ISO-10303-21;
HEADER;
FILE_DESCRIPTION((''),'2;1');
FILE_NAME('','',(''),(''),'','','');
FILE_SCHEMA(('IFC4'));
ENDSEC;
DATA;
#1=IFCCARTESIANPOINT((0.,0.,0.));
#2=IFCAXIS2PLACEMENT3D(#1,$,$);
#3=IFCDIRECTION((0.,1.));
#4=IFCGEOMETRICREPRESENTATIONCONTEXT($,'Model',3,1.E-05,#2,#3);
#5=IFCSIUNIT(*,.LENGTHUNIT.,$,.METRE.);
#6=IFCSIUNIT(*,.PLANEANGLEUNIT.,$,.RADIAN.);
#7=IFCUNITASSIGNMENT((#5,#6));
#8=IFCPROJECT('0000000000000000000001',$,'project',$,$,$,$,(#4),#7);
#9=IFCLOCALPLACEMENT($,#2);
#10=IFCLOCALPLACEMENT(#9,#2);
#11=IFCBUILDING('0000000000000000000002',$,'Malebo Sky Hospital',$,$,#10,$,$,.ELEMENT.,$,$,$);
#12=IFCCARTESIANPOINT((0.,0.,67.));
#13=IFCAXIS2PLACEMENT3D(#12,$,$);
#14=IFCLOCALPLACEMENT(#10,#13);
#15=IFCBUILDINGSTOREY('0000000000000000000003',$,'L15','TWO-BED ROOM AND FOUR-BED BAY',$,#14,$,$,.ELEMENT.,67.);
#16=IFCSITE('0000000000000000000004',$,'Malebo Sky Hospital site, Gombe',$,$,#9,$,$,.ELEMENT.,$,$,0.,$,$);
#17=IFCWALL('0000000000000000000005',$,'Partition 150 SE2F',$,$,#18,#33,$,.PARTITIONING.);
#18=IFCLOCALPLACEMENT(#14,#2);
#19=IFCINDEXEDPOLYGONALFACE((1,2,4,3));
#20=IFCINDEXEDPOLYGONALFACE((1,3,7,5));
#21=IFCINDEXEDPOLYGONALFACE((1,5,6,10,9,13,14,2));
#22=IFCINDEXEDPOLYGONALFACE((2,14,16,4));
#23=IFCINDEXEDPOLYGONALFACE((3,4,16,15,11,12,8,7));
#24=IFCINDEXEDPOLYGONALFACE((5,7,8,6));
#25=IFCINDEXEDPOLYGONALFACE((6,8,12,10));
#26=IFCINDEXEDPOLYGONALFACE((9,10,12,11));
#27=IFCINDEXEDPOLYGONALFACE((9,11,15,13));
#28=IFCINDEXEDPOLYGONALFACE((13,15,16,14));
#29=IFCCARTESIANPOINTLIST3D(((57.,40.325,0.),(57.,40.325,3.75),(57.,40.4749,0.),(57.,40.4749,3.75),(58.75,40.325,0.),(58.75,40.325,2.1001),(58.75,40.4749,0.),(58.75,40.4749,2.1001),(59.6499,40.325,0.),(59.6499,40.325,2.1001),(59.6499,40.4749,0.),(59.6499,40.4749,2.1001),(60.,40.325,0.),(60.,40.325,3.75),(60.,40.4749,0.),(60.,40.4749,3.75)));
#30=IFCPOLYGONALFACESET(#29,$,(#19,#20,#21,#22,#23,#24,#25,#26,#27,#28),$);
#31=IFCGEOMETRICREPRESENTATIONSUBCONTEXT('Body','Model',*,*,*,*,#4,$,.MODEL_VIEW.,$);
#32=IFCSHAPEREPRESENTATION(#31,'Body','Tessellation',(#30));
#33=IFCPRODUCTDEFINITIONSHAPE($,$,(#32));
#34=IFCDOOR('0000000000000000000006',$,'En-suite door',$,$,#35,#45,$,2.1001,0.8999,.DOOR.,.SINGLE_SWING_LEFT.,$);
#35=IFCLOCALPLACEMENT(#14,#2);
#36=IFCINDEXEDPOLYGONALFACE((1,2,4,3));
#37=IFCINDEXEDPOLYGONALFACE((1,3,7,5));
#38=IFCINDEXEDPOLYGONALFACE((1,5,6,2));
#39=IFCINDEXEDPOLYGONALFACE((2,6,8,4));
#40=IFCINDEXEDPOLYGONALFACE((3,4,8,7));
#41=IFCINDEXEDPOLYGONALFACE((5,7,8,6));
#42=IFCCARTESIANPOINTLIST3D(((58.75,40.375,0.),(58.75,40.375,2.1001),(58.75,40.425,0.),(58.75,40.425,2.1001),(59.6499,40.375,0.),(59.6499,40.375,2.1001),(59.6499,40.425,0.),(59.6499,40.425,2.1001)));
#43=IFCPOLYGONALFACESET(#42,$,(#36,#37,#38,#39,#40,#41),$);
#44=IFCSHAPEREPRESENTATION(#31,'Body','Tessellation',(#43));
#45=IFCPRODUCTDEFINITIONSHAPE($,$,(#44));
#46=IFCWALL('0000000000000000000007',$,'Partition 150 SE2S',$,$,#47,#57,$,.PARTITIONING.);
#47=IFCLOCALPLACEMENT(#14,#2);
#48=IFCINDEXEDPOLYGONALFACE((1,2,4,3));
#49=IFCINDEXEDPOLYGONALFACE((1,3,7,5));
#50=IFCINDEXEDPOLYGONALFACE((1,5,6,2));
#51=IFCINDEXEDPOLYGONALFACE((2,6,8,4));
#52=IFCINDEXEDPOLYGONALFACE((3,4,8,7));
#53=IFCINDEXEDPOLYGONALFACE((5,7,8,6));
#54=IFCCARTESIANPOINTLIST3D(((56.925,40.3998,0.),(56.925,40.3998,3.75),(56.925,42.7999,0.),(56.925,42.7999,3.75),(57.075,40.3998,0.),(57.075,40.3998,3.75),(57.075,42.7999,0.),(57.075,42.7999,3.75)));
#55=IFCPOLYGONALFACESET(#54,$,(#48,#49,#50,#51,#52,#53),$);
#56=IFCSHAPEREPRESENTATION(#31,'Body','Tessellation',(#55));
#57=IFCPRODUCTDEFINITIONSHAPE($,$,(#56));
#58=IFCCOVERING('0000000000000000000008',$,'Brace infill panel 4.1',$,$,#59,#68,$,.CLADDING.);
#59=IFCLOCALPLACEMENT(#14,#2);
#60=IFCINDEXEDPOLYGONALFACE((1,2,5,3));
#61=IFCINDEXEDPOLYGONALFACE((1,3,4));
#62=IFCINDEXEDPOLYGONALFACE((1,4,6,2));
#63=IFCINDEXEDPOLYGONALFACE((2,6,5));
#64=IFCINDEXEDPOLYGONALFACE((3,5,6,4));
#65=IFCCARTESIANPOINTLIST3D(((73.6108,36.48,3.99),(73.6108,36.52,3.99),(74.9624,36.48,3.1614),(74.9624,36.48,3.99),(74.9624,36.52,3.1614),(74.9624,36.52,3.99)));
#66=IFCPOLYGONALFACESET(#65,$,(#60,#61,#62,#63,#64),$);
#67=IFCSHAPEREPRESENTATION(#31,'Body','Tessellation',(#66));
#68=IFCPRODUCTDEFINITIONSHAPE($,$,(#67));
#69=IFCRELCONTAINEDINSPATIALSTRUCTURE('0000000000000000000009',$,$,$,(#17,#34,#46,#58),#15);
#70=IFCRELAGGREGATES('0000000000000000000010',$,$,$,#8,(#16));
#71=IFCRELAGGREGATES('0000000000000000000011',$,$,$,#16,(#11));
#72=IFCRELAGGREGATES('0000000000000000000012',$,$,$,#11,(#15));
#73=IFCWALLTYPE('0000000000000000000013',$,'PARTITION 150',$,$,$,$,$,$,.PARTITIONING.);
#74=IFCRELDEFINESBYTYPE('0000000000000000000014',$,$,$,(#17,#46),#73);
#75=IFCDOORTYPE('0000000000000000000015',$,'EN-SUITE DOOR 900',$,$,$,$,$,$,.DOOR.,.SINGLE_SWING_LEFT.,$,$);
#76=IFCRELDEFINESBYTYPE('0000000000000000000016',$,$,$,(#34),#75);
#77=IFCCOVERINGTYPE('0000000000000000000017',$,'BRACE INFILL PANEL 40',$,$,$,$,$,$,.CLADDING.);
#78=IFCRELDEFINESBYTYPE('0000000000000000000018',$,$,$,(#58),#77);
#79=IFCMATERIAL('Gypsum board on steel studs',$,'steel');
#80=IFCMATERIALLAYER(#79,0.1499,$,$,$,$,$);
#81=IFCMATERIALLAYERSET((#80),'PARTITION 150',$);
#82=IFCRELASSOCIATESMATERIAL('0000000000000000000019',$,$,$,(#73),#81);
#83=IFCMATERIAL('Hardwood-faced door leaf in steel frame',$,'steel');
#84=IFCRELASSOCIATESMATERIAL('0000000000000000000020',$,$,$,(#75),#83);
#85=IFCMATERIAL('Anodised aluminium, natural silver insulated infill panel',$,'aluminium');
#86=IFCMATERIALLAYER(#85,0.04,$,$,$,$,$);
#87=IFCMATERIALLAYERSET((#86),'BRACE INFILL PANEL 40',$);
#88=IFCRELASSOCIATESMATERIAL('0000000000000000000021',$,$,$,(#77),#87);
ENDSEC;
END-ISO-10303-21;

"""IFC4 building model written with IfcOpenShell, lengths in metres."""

from ifc_helpers import new_model, si_unit, direction, frame, frame_2d, origin, place, context, subcontext, project, spatial, polyline, rectangle, outline, extrude, material, layer, layer_set, type_object, element, fill, save


model = new_model("IFC4")

# Units and contexts
model_context = context("Model", 3, precision=1e-05, world=origin(), true_north=direction((0.0, 1.0)))
body_context = subcontext(model_context, "Body", "Model", "MODEL_VIEW")
ifc_project = project(units=[si_unit("LENGTHUNIT", "METRE"), si_unit("PLANEANGLEUNIT", "RADIAN")], contexts=[model_context])

# Site, building, storey
site_placement = place(None, origin())
site = spatial("IfcSite", under=ifc_project, at=site_placement, Name="Malebo Sky Hospital site, Gombe", CompositionType="ELEMENT", RefElevation=0.0)
building_placement = place(site_placement, origin())
building = spatial("IfcBuilding", under=site, at=building_placement, Name="Malebo Sky Hospital", CompositionType="ELEMENT")
storey_placement = place(building_placement, frame((0.0, 0.0, 67.0)))
storey = spatial("IfcBuildingStorey", under=building, at=storey_placement, Name="L15", Description="TWO-BED ROOM AND FOUR-BED BAY", CompositionType="ELEMENT", Elevation=67.0)

# Wall, opening, door
ifc_material_1 = material(Name="Gypsum board on steel studs", Category="steel")
ifc_layer_1 = layer(ifc_material_1, 0.1499)
ifc_layer_set_1 = layer_set([ifc_layer_1], Name="PARTITION 150")
wall_type = type_object("IfcWallType", Name="PARTITION 150", PredefinedType="PARTITIONING", material=ifc_layer_set_1)
ifc_material_2 = material(Name="Hardwood-faced door leaf in steel frame", Category="steel")
door_type = type_object("IfcDoorType", Name="EN-SUITE DOOR 900", OperationType="SINGLE_SWING_LEFT", PredefinedType="DOOR", material=ifc_material_2)
wall_1_placement = place(storey_placement, frame((60.0, 40.3999, 0.0), z_axis=(0.0, 0.0, 1.0), x_axis=(-1.0, 0.0, 0.0)))
wall_1 = element("IfcWall", 1, at=wall_1_placement, inside=storey, type_object=wall_type, Name="Partition 150 SE2F", PredefinedType="PARTITIONING", context=body_context, shape_type="SweptSolid", body=[
    extrude(rectangle(XDim=3.0, YDim=0.1499, at=frame_2d((1.5, 0.0))), origin(), (0.0, 0.0, 1.0), 3.75),
])
opening_1_placement = place(wall_1_placement, frame((0.3501, 0.0, 0.0)))
opening_1 = element("IfcOpeningElement", 2, at=opening_1_placement, cuts=wall_1, PredefinedType="OPENING", context=body_context, shape_type="SweptSolid", body=[
    extrude(rectangle(XDim=0.8999, YDim=2.1001, at=frame_2d((0.45, 1.05))), frame((0.0, 0.085, 0.0), z_axis=(0.0, -1.0, 0.0), x_axis=(1.0, 0.0, 0.0)), (0.0, 0.0, 1.0), 0.1699),
])
door_1_placement = place(opening_1_placement, origin())
door_1 = element("IfcDoor", 3, at=door_1_placement, inside=storey, type_object=door_type, Name="En-suite door", OperationType="SINGLE_SWING_LEFT", OverallHeight=2.1001, OverallWidth=0.8999, PredefinedType="DOOR", context=body_context, shape_type="SweptSolid", body=[
    extrude(rectangle(XDim=0.8999, YDim=2.1001, at=frame_2d((0.45, 1.05))), frame((0.0, 0.0249, 0.0), z_axis=(0.0, -1.0, 0.0), x_axis=(1.0, 0.0, 0.0)), (0.0, 0.0, 1.0), 0.05),
])
fill(opening_1, door_1)

# Wall
wall_2_placement = place(storey_placement, frame((57.0, 42.8, 0.0), z_axis=(0.0, 0.0, 1.0), x_axis=(0.0, -1.0, 0.0)))
element("IfcWall", 4, at=wall_2_placement, inside=storey, type_object=wall_type, Name="Partition 150 SE2S", PredefinedType="PARTITIONING", context=body_context, shape_type="SweptSolid", body=[
    extrude(rectangle(XDim=2.4001, YDim=0.1499, at=frame_2d((1.2002, 0.0))), origin(), (0.0, 0.0, 1.0), 3.75),
])

# Covering
ifc_material_3 = material(Name="Anodised aluminium, natural silver insulated infill panel", Category="aluminium")
ifc_layer_2 = layer(ifc_material_3, 0.04)
ifc_layer_set_2 = layer_set([ifc_layer_2], Name="BRACE INFILL PANEL 40")
covering_type = type_object("IfcCoveringType", Name="BRACE INFILL PANEL 40", PredefinedType="CLADDING", material=ifc_layer_set_2)
covering_placement = place(storey_placement, frame((74.2866, 36.5, 3.1614), z_axis=(0.0, 0.0, 1.0), x_axis=(-1.0, 0.0, 0.0)))
element("IfcCovering", 5, at=covering_placement, inside=storey, type_object=covering_type, Name="Brace infill panel 4.1", PredefinedType="CLADDING", context=body_context, shape_type="SweptSolid", body=[
    extrude(outline(polyline([(-0.6758, 0.0), (0.6758, 0.8286), (-0.6758, 0.8286), (-0.6758, 0.0)])), frame((0.0, 0.02, 0.0), z_axis=(0.0, -1.0, 0.0), x_axis=(1.0, 0.0, 0.0)), (0.0, 0.0, 1.0), 0.04),
])

save(model, "model.ifc")
